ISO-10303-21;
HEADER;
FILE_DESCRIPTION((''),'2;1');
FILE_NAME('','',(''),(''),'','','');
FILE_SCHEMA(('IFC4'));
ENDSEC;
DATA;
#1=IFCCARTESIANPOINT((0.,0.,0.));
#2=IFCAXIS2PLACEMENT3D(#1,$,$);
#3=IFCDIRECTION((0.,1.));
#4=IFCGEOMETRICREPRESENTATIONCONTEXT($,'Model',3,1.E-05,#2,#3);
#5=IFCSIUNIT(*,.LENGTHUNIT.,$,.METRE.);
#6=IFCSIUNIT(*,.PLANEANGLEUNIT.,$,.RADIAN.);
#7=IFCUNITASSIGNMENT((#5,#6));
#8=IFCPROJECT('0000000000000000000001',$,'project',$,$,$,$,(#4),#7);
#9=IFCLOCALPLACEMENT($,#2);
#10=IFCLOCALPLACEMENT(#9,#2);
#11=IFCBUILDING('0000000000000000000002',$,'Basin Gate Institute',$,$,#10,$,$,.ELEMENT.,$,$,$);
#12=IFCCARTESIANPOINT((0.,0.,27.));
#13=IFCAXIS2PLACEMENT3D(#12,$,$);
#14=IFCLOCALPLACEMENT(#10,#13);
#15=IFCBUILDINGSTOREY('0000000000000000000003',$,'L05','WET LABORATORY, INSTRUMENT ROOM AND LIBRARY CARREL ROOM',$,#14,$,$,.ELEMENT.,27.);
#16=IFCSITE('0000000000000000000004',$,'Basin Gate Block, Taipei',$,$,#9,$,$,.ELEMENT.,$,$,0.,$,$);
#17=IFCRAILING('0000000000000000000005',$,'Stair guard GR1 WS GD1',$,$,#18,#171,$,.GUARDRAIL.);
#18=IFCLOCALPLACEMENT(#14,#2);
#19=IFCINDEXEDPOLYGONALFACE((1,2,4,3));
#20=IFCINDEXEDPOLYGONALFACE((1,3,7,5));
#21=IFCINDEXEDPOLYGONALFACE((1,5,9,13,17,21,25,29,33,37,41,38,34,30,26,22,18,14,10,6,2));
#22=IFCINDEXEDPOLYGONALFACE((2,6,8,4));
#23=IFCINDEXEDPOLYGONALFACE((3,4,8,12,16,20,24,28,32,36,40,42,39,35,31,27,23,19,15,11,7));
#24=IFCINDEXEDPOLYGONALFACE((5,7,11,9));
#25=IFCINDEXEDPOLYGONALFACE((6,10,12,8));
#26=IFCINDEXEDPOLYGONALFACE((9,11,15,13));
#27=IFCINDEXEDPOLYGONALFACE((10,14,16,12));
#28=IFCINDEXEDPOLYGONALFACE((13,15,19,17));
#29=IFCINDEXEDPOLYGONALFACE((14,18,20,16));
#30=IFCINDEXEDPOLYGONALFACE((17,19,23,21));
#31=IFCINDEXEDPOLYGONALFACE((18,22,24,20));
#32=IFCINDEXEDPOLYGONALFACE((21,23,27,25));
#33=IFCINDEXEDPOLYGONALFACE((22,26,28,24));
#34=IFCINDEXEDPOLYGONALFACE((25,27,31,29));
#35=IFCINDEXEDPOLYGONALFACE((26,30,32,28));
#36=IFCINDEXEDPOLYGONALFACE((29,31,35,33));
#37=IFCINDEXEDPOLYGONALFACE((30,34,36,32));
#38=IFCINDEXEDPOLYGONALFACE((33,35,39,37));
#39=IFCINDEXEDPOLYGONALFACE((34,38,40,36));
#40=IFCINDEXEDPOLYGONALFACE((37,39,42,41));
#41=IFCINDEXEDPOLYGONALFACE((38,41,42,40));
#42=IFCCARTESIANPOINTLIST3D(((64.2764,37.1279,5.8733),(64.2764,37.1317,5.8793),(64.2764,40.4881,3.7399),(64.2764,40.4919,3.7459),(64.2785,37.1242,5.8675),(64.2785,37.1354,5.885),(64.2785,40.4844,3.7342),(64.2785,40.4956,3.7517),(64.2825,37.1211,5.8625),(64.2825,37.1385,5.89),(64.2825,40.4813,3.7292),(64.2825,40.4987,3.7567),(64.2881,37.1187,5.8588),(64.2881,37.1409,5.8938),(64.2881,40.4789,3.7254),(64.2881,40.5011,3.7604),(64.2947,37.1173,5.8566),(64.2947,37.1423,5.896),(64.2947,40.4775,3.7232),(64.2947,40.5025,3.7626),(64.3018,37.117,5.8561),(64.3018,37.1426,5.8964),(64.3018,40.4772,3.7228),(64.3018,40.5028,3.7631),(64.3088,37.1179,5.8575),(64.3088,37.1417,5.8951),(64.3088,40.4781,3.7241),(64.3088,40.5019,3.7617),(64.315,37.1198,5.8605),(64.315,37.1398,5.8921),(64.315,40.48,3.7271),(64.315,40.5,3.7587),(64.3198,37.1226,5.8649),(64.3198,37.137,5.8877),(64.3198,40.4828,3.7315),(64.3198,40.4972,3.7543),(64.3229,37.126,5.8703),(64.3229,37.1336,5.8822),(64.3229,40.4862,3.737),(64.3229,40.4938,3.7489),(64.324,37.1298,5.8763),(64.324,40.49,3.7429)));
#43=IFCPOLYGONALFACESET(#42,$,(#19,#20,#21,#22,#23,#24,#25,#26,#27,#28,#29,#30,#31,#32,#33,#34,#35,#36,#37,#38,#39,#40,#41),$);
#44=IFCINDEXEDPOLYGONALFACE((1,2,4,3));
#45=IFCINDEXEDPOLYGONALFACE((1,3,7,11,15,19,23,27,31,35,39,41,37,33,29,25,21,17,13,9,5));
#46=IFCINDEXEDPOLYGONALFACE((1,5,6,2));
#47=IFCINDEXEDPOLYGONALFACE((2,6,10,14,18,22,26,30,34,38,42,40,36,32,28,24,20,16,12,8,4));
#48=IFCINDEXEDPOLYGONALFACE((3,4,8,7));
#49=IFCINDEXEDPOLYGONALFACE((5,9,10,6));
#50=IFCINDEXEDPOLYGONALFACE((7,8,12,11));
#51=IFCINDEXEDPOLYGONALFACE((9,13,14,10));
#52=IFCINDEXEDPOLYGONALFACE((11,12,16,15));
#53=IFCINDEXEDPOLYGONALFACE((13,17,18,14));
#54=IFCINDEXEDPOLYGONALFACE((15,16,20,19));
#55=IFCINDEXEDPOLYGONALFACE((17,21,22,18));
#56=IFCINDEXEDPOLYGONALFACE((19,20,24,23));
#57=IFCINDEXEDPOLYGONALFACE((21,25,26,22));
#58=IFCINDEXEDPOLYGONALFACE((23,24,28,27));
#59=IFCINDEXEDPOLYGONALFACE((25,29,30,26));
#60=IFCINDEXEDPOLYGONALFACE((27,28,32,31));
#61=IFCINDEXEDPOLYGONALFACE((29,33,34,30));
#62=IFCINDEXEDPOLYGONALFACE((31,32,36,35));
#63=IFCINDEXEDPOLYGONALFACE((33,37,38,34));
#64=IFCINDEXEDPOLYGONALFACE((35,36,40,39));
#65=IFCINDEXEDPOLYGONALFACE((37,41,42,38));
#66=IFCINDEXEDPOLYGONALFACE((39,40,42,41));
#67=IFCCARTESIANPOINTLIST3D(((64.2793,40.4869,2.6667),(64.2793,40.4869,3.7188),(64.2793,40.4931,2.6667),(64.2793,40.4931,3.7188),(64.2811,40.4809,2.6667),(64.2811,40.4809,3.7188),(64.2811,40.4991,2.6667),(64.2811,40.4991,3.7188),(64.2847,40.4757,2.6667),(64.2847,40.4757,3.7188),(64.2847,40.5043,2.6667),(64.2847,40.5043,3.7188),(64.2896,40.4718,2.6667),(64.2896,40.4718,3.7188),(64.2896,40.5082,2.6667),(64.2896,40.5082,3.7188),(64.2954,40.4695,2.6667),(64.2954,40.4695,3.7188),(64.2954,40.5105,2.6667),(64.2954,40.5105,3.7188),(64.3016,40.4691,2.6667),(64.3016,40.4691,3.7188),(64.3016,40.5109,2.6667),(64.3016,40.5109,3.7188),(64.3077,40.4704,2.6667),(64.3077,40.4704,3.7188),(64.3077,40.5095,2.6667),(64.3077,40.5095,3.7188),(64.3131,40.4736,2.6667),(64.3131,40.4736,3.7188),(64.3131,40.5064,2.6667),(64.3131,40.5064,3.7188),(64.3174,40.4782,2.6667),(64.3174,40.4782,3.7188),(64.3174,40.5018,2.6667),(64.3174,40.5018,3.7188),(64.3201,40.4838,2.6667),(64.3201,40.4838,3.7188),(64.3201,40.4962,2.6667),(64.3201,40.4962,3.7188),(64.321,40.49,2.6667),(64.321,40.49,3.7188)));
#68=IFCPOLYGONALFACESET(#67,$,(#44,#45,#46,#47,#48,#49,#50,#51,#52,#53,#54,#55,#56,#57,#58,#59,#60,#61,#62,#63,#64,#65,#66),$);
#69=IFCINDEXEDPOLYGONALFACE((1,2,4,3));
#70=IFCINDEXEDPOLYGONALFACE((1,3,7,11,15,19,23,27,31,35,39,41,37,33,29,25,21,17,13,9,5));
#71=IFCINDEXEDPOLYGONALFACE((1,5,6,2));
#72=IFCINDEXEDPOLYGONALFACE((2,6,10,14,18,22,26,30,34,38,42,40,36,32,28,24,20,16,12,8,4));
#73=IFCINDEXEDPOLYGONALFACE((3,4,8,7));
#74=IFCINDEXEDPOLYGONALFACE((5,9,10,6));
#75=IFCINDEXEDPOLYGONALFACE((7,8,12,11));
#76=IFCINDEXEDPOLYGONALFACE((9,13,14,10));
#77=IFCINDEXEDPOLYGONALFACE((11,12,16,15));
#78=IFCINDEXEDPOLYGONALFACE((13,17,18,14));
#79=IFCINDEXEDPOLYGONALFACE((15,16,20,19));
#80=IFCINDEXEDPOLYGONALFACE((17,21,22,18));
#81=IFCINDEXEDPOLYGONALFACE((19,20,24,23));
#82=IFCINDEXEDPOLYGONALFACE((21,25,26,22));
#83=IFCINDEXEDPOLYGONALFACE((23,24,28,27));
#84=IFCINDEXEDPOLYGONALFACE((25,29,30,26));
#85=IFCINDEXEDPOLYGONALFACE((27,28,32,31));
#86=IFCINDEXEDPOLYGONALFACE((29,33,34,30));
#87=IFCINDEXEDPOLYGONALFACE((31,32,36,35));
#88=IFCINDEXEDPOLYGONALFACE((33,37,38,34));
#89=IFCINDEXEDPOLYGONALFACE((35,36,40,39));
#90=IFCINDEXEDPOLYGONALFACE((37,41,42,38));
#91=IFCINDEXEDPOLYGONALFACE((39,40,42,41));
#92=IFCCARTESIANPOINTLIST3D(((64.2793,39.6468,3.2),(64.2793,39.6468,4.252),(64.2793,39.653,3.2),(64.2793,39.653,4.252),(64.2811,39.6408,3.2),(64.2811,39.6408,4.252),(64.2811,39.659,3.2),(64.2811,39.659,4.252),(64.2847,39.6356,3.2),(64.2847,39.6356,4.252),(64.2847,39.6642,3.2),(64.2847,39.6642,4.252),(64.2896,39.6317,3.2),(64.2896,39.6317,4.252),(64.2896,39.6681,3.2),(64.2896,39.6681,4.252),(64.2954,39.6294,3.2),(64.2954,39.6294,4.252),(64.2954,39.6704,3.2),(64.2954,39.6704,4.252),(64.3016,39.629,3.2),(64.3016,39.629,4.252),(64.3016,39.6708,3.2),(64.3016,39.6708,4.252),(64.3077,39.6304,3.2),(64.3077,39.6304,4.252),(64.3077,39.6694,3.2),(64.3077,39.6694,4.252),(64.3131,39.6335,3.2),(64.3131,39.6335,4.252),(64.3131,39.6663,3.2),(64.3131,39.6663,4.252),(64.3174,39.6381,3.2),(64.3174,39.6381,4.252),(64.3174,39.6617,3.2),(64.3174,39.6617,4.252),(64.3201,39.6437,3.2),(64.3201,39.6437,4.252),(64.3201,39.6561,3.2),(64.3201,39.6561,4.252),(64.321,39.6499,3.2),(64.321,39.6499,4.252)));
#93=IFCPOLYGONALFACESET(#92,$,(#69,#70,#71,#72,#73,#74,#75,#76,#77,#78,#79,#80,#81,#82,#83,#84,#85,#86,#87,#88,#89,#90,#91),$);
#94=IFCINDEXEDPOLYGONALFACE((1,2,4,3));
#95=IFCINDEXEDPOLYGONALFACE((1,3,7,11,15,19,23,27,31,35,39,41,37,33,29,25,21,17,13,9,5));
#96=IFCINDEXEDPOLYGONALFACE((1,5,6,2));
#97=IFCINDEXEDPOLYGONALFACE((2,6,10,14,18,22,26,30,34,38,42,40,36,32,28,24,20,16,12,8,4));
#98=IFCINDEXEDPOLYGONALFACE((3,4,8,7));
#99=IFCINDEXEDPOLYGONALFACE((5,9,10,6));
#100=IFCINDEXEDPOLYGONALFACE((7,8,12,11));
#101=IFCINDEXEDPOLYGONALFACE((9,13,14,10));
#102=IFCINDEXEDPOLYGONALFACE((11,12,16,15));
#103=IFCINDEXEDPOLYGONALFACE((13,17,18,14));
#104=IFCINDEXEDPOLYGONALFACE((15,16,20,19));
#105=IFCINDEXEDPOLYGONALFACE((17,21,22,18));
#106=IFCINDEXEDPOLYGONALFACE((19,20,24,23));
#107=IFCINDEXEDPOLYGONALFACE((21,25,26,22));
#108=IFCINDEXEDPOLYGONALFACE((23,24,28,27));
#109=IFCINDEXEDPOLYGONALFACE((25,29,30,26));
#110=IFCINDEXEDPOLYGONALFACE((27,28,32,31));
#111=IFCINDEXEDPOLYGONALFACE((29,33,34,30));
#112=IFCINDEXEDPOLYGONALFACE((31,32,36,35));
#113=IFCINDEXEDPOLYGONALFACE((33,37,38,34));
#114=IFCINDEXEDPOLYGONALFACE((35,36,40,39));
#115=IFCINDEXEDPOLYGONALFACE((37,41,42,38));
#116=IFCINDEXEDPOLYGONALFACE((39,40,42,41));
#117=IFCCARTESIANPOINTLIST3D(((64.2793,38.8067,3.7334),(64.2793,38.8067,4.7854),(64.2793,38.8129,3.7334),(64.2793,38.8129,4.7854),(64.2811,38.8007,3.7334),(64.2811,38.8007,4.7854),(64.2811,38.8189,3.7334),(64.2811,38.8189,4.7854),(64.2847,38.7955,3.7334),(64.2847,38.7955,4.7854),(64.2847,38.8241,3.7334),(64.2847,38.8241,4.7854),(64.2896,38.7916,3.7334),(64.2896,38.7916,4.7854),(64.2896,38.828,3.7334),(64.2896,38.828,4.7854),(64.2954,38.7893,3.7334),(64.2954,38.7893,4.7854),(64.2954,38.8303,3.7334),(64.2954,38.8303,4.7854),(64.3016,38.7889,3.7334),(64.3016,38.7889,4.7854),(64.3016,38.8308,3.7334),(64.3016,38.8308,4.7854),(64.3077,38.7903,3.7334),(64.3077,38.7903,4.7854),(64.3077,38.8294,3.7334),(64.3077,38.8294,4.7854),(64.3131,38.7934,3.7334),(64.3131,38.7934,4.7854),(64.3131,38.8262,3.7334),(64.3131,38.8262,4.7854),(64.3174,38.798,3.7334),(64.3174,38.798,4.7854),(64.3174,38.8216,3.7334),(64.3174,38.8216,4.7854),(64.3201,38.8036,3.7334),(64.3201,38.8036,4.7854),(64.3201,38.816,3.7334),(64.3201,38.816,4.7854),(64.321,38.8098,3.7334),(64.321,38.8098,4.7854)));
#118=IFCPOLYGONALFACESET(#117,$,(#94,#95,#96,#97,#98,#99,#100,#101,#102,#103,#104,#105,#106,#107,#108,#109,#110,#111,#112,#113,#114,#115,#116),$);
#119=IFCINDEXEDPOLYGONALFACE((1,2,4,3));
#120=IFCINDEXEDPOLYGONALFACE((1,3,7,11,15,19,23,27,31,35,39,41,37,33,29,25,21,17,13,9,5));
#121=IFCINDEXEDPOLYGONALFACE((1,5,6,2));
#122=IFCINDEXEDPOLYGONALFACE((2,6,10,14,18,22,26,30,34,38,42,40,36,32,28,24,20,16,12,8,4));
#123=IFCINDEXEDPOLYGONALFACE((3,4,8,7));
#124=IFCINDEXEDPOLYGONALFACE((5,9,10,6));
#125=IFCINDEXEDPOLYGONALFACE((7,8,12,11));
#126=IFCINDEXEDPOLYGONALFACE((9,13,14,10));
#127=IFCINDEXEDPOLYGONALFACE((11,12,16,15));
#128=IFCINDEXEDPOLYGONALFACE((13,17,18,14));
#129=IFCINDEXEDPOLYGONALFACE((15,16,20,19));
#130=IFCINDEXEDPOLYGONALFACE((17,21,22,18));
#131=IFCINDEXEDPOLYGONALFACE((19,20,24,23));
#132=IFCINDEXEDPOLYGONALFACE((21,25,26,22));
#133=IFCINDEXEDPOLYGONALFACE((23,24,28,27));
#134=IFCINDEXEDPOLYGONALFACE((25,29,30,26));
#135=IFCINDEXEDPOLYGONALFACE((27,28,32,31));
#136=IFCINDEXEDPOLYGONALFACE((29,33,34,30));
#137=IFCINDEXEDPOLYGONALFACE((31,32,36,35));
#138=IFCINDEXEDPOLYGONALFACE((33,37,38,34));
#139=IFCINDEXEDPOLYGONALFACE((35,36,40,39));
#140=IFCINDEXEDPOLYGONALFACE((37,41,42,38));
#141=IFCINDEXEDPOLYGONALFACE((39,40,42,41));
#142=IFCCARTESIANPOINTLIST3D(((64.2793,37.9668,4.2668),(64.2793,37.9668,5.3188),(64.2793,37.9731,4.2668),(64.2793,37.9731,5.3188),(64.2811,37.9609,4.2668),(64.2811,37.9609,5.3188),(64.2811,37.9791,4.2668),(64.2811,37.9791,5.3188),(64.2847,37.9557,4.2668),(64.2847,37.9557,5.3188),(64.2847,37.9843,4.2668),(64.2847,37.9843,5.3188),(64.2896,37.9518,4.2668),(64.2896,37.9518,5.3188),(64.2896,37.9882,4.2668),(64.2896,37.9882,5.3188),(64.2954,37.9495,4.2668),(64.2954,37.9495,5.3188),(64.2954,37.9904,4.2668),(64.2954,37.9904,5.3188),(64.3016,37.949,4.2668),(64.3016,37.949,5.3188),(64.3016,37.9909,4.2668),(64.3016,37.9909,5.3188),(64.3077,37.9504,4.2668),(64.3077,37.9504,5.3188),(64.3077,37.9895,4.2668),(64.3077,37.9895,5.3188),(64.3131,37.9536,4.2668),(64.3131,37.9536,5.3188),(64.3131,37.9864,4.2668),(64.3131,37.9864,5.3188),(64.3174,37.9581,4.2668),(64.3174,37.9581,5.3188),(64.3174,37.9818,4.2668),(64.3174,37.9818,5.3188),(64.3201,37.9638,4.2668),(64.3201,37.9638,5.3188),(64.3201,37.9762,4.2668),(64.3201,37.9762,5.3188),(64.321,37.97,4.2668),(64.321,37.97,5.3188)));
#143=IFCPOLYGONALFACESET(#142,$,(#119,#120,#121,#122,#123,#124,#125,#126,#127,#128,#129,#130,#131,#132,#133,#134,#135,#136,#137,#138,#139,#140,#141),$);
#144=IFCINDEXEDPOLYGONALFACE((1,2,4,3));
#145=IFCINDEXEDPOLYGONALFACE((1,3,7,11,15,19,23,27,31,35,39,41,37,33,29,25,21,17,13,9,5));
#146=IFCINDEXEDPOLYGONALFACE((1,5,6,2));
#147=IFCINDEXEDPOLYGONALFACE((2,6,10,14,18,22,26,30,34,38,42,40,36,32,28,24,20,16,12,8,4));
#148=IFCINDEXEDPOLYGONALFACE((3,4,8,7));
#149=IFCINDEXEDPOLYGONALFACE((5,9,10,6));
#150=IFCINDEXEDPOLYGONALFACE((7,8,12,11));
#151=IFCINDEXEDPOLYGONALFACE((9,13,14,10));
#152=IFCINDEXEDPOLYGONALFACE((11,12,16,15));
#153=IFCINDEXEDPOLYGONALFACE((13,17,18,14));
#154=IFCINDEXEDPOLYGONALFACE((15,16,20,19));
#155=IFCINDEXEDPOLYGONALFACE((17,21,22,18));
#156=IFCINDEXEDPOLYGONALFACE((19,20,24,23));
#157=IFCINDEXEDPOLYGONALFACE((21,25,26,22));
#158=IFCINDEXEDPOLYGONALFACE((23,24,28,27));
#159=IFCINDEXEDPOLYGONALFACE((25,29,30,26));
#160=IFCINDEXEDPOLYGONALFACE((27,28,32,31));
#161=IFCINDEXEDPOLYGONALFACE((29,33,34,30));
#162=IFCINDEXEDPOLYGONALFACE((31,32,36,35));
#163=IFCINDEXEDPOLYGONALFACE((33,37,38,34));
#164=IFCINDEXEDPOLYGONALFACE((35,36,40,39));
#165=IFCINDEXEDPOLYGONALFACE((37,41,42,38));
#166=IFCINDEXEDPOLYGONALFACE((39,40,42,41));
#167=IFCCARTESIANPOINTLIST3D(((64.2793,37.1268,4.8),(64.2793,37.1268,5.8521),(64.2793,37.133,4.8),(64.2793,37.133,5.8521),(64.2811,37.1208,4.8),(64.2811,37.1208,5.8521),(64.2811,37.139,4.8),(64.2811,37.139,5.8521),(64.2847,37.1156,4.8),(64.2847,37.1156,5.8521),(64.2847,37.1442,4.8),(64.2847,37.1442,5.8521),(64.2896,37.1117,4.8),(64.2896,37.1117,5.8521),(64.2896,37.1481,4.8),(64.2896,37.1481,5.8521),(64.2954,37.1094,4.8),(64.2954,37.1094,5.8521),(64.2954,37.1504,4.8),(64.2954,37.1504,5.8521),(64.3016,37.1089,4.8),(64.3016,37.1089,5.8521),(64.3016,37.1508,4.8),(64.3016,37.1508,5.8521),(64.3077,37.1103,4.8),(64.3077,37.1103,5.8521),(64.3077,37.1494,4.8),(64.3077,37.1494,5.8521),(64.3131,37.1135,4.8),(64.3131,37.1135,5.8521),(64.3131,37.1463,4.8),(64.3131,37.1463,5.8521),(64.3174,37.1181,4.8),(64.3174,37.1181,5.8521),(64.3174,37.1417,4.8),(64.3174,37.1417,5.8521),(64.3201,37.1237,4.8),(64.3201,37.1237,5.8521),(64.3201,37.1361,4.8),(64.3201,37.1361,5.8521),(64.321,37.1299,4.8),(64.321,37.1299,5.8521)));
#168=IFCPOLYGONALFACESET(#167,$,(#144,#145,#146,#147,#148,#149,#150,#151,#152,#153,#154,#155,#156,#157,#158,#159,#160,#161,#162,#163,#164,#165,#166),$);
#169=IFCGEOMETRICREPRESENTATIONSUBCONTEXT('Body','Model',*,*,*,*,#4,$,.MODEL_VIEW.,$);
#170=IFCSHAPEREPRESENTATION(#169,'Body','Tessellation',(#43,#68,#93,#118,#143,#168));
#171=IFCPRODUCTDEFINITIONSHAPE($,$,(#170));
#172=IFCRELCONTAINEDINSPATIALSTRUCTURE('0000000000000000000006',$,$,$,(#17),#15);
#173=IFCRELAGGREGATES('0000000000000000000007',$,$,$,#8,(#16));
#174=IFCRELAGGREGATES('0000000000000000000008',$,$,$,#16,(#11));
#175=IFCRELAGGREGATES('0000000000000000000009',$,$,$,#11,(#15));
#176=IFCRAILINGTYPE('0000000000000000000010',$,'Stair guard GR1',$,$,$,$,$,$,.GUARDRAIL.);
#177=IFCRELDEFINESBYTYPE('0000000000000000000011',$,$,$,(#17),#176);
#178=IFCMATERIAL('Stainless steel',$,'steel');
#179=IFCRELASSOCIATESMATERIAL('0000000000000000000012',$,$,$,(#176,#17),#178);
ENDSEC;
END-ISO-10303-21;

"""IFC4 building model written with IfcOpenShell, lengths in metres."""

from ifc_helpers import new_model, si_unit, direction, frame, origin, origin_2d, place, context, subcontext, project, spatial, circle, extrude, material, type_object, element, save


model = new_model("IFC4")

# Units and contexts
model_context = context("Model", 3, precision=1e-05, world=origin(), true_north=direction((0.0, 1.0)))
body_context = subcontext(model_context, "Body", "Model", "MODEL_VIEW")
ifc_project = project(units=[si_unit("LENGTHUNIT", "METRE"), si_unit("PLANEANGLEUNIT", "RADIAN")], contexts=[model_context])

# Site, building, storey
site_placement = place(None, origin())
site = spatial("IfcSite", under=ifc_project, at=site_placement, Name="Basin Gate Block, Taipei", CompositionType="ELEMENT", RefElevation=0.0)
building_placement = place(site_placement, origin())
building = spatial("IfcBuilding", under=site, at=building_placement, Name="Basin Gate Institute", CompositionType="ELEMENT")
storey_placement = place(building_placement, frame((0.0, 0.0, 27.0)))
storey = spatial("IfcBuildingStorey", under=building, at=storey_placement, Name="L05", Description="WET LABORATORY, INSTRUMENT ROOM AND LIBRARY CARREL ROOM", CompositionType="ELEMENT", Elevation=27.0)

# Railing
ifc_material_1 = material(Name="Stainless steel", Category="steel")
railing_type_1 = type_object("IfcRailingType", Name="Stair guard GR1", PredefinedType="GUARDRAIL", material=ifc_material_1)
railing_1_placement = place(storey_placement, frame((64.3, 40.49, 2.6667)))
element("IfcRailing", 1, at=railing_1_placement, inside=storey, type_object=railing_type_1, material=ifc_material_1, Name="Stair guard GR1 WS GD1", PredefinedType="GUARDRAIL", context=body_context, shape_type="SweptSolid", body=[
    extrude(circle(Radius=0.0239, at=origin_2d()), frame((0.0, 0.0, 1.0762), z_axis=(0.0, -0.844224, 0.53599), x_axis=(1.0, 0.0, 0.0)), (0.0, 0.0, 1.0), 3.9802),
    extrude(circle(Radius=0.021, at=origin_2d()), origin(), (0.0, 0.0, 1.0), 1.052),
    extrude(circle(Radius=0.021, at=origin_2d()), frame((0.0, -0.8401, 0.5332)), (0.0, 0.0, 1.0), 1.052),
    extrude(circle(Radius=0.021, at=origin_2d()), frame((0.0, -1.6802, 1.0667)), (0.0, 0.0, 1.0), 1.052),
    extrude(circle(Radius=0.021, at=origin_2d()), frame((0.0, -2.52, 1.6001)), (0.0, 0.0, 1.0), 1.052),
    extrude(circle(Radius=0.021, at=origin_2d()), frame((0.0, -3.3601, 2.1333)), (0.0, 0.0, 1.0), 1.052),
])

save(model, "model.ifc")
